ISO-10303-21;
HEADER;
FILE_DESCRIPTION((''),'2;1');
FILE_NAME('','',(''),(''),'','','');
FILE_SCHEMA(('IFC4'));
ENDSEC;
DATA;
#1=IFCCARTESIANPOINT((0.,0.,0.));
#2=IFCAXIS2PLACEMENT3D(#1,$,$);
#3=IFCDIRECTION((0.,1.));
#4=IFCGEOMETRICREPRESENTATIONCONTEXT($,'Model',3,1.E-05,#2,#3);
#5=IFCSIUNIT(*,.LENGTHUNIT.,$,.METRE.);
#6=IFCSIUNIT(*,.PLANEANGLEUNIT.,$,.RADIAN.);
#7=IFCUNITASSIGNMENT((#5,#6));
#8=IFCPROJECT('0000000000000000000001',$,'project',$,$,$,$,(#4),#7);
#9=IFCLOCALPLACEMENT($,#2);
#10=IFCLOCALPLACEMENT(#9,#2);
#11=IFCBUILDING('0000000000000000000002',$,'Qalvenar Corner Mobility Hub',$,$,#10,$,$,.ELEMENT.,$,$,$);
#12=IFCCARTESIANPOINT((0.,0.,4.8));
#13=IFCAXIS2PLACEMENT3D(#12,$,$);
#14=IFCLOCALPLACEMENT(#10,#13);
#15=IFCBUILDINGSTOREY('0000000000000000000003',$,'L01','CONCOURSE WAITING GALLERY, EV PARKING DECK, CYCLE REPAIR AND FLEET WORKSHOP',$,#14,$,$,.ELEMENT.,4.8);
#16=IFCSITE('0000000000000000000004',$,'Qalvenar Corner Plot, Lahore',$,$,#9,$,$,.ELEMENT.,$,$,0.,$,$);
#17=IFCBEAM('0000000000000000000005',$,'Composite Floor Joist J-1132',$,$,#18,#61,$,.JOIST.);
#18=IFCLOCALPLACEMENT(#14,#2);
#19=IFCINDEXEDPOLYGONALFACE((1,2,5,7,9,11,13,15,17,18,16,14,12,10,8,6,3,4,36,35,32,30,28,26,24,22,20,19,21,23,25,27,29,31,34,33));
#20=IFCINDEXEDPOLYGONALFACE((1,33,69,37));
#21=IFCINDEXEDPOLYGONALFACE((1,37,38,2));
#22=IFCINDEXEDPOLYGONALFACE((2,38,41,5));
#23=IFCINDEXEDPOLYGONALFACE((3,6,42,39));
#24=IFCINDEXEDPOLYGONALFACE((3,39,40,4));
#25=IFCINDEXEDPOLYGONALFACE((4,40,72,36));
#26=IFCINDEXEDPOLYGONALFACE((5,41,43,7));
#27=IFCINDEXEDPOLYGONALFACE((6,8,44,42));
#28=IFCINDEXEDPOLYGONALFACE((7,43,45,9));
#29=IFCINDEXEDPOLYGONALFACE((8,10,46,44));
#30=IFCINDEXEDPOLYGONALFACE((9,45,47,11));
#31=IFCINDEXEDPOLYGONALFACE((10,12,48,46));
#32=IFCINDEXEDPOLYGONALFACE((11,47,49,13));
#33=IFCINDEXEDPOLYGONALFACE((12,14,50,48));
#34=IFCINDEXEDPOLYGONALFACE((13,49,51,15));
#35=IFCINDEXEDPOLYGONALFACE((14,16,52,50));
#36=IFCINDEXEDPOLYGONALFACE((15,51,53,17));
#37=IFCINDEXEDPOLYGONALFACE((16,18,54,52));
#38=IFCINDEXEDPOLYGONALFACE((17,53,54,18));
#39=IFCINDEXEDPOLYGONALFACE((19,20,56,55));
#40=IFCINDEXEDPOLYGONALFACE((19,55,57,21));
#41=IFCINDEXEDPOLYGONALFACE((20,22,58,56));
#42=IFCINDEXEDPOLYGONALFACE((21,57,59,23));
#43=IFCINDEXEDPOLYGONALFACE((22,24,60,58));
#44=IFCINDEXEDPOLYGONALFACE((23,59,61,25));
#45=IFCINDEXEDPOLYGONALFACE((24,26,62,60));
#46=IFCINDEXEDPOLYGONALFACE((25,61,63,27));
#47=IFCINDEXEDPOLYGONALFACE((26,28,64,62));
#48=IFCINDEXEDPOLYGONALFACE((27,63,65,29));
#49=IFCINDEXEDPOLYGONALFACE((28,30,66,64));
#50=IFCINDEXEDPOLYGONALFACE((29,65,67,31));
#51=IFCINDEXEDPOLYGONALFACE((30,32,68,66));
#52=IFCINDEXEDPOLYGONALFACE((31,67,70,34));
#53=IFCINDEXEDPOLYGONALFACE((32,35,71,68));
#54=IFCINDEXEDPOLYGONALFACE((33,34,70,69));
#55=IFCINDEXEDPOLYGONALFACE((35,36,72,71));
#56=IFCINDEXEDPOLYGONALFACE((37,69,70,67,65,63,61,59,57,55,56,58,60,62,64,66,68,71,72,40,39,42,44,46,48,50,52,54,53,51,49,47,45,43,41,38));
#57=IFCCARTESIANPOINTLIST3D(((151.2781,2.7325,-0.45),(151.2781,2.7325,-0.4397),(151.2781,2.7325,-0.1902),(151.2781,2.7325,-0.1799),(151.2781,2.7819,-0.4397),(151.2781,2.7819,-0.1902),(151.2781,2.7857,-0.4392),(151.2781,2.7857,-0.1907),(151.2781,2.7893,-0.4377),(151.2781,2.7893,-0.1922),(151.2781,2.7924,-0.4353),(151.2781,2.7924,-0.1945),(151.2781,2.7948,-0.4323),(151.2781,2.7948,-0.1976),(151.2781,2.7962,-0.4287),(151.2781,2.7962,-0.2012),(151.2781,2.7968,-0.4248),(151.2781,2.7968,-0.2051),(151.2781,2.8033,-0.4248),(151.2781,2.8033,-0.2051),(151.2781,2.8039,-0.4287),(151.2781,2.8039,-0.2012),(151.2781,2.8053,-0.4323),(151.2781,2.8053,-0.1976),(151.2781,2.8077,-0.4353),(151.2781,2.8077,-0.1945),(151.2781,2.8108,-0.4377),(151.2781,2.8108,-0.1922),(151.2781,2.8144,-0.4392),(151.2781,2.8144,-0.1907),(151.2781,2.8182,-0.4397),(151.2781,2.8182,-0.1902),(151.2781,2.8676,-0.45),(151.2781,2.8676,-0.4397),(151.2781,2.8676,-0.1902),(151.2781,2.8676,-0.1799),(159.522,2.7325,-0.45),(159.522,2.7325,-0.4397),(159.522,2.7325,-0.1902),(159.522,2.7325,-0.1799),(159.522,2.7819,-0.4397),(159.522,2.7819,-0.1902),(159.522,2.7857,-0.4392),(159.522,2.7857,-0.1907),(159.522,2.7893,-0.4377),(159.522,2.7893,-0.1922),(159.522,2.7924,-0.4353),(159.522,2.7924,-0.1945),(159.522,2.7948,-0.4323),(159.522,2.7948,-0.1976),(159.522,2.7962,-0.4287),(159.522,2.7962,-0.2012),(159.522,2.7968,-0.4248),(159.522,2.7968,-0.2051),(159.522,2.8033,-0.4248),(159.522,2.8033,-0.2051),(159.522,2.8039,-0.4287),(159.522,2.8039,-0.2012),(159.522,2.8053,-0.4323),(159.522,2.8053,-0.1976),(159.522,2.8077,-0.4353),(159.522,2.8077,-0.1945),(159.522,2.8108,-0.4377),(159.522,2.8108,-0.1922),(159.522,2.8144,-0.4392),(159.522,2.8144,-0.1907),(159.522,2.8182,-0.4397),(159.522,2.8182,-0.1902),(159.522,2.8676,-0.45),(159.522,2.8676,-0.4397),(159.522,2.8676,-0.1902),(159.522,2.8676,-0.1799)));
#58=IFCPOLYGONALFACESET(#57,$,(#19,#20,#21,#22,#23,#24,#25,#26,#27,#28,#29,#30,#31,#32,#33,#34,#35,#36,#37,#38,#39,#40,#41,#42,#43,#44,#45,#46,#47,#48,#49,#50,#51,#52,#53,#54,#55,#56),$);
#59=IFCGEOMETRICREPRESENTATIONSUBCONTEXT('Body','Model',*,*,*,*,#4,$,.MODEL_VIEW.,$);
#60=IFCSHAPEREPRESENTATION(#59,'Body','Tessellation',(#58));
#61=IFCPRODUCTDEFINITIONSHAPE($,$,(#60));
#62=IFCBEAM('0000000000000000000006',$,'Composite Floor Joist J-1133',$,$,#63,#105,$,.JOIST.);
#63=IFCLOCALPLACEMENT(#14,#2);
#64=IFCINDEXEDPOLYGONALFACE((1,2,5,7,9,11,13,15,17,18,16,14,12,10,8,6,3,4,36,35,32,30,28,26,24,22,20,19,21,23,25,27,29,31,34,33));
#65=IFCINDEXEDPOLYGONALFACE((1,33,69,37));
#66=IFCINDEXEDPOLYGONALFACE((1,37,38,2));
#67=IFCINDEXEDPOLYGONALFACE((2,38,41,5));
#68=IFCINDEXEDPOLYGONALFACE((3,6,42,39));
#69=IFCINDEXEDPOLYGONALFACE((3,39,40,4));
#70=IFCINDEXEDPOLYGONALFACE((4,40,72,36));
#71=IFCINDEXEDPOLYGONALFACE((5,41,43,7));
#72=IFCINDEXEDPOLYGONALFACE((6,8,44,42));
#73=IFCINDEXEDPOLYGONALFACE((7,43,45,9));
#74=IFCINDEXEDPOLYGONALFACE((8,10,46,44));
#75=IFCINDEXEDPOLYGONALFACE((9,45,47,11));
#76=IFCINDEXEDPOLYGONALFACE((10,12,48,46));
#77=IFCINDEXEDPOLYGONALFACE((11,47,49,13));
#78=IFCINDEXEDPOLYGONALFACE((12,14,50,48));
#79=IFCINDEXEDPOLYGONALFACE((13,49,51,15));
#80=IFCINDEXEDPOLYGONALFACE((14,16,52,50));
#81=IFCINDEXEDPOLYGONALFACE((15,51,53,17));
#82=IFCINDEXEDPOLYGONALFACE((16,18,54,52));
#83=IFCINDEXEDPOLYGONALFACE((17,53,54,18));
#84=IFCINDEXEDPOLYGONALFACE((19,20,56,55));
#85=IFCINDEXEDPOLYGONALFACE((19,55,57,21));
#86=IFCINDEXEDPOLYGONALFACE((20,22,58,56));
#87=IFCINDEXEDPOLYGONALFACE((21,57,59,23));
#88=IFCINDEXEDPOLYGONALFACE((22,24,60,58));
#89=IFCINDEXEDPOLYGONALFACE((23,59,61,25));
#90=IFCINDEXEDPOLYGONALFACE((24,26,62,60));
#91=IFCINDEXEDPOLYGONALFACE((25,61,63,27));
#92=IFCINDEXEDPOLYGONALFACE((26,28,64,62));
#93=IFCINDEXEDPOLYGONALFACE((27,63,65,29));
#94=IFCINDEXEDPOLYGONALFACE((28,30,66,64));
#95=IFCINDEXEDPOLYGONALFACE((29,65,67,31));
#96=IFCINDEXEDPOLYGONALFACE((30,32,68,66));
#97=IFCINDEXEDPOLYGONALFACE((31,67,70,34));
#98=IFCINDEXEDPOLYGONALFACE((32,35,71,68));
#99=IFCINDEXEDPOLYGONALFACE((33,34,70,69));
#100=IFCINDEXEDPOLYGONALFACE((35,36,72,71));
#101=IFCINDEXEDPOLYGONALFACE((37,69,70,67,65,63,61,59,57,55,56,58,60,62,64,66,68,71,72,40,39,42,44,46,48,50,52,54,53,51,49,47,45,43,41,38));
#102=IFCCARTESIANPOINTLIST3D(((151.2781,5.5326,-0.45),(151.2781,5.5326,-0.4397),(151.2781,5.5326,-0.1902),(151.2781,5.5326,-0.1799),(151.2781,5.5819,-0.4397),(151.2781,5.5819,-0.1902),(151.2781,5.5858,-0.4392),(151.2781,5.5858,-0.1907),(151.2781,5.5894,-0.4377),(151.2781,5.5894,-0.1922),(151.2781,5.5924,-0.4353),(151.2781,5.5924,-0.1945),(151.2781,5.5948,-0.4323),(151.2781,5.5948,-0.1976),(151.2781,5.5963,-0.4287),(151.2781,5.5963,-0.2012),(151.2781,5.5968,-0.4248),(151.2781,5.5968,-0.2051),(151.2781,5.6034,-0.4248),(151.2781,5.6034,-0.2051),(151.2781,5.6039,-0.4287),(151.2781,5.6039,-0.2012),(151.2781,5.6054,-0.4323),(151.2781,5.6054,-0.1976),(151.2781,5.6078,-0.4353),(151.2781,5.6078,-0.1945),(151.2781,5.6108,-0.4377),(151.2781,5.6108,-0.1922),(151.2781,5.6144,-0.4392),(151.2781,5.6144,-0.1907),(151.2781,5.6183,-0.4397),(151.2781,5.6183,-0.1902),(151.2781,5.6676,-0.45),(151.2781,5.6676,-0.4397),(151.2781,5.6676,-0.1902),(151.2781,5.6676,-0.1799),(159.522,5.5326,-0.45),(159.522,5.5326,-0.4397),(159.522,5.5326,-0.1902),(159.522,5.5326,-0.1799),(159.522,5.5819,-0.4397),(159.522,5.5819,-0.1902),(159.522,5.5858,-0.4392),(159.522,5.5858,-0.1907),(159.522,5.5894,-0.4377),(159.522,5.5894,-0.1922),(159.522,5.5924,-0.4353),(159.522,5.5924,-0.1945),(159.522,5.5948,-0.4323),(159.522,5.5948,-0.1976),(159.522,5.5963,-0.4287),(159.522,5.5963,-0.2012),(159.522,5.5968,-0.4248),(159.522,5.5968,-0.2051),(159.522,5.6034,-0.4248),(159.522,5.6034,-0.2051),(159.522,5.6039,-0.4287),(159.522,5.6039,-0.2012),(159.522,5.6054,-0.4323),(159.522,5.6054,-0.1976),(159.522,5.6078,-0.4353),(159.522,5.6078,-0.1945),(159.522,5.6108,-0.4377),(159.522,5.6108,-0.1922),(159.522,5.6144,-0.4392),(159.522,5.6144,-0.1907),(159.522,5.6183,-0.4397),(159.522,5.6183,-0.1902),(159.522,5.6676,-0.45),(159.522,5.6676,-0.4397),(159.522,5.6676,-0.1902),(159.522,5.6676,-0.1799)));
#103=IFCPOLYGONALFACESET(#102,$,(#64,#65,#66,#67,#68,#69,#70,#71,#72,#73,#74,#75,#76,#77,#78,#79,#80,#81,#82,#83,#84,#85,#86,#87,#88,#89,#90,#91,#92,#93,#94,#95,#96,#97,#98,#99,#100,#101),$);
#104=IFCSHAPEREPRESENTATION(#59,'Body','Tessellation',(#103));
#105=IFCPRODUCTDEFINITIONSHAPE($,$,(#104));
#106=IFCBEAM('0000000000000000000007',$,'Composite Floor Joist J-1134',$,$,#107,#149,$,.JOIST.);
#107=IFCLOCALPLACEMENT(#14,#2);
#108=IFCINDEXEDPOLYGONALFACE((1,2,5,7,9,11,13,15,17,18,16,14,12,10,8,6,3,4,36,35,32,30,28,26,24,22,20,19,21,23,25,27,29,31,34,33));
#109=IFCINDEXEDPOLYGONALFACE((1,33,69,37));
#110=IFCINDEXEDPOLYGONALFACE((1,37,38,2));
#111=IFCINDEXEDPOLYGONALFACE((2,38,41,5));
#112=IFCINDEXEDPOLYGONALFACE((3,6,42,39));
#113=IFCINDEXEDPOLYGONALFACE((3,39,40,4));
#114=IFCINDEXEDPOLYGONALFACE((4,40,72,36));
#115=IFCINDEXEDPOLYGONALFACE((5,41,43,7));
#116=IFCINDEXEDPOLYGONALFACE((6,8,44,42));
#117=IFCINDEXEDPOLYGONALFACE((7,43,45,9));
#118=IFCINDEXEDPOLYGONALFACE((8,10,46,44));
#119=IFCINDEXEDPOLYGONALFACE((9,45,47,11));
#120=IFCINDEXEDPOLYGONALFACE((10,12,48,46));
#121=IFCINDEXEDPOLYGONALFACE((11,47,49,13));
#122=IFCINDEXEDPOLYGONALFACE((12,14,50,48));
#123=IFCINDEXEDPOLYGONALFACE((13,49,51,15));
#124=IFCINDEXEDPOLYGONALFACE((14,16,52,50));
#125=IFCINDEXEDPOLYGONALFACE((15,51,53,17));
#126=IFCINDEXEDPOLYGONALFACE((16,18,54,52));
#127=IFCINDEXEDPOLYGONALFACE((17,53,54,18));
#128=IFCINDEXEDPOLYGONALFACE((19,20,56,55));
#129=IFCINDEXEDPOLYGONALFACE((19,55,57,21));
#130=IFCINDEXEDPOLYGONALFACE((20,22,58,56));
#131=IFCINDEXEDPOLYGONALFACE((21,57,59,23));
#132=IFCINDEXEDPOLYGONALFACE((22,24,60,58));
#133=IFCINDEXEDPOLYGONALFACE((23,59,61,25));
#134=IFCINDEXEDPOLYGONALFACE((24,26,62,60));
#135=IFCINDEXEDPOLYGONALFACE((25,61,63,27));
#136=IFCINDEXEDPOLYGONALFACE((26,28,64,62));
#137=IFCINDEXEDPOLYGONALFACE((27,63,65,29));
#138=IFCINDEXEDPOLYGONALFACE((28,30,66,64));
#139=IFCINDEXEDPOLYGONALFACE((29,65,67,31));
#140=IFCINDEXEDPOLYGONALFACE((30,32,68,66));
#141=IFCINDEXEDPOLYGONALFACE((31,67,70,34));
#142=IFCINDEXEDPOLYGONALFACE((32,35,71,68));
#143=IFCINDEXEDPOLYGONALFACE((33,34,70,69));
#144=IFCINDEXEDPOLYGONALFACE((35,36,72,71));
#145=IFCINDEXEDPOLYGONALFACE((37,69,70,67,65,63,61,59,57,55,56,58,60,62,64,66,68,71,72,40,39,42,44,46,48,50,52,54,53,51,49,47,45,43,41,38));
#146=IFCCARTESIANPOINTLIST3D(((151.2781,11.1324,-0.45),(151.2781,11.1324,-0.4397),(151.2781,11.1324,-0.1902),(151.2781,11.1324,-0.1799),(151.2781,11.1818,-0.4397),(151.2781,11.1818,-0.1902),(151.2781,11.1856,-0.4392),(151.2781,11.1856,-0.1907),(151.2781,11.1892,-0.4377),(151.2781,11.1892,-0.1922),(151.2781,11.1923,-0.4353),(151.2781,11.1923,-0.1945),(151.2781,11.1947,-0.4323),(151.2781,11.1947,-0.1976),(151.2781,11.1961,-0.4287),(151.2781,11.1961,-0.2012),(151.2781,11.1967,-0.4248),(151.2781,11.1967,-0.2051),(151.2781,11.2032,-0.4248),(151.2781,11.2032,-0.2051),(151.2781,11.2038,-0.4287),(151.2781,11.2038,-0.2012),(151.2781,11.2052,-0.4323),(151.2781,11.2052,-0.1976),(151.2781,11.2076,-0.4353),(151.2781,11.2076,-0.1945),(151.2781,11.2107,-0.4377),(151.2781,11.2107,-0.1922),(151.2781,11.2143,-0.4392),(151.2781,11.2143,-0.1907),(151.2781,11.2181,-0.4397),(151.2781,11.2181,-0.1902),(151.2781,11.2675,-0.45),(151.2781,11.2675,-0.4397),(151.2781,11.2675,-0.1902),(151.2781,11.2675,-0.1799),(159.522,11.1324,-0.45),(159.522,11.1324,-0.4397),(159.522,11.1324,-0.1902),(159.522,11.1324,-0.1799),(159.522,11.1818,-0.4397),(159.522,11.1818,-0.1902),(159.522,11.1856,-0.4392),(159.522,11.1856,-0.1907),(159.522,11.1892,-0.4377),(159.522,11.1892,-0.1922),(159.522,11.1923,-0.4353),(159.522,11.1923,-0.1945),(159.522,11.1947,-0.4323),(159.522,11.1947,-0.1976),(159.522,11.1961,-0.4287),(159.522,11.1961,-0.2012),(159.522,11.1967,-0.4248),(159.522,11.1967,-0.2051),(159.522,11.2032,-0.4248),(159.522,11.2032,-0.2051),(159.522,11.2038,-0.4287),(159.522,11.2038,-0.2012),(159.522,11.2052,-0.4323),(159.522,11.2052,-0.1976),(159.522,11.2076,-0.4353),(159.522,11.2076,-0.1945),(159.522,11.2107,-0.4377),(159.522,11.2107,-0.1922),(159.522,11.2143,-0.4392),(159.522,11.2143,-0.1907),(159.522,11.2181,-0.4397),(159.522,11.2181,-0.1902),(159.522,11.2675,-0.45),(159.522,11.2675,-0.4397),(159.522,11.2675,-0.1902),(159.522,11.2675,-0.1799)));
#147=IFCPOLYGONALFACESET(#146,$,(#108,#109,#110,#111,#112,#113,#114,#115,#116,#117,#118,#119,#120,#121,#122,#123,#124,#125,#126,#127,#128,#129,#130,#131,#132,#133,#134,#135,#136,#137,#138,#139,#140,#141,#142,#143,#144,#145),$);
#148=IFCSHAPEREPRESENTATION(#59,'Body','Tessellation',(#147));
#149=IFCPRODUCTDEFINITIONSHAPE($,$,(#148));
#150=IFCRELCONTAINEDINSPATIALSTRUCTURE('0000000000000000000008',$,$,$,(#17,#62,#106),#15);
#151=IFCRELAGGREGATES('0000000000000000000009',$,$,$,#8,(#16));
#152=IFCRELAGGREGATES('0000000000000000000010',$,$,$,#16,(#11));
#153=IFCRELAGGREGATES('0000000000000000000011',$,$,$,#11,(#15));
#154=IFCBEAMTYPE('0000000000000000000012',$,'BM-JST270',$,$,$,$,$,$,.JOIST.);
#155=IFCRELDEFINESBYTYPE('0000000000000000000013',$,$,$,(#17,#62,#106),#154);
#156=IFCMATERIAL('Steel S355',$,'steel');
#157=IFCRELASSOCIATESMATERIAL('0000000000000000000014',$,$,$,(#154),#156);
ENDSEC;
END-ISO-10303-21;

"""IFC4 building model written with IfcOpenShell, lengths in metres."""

from ifc_helpers import new_model, si_unit, direction, frame, origin, origin_2d, place, context, subcontext, project, spatial, i_section, extrude, material, material_profile, profile_set, type_object, element, save


model = new_model("IFC4")

# Units and contexts
model_context = context("Model", 3, precision=1e-05, world=origin(), true_north=direction((0.0, 1.0)))
body_context = subcontext(model_context, "Body", "Model", "MODEL_VIEW")
ifc_project = project(units=[si_unit("LENGTHUNIT", "METRE"), si_unit("PLANEANGLEUNIT", "RADIAN")], contexts=[model_context])

# Site, building, storey
site_placement = place(None, origin())
site = spatial("IfcSite", under=ifc_project, at=site_placement, Name="Qalvenar Corner Plot, Lahore", CompositionType="ELEMENT", RefElevation=0.0)
building_placement = place(site_placement, origin())
building = spatial("IfcBuilding", under=site, at=building_placement, Name="Qalvenar Corner Mobility Hub", CompositionType="ELEMENT")
storey_placement = place(building_placement, frame((0.0, 0.0, 4.8)))
storey = spatial("IfcBuildingStorey", under=building, at=storey_placement, Name="L01", Description="CONCOURSE WAITING GALLERY, EV PARKING DECK, CYCLE REPAIR AND FLEET WORKSHOP", CompositionType="ELEMENT", Elevation=4.8)

# Shared definitions
ifc_material_1 = material(Name="Steel S355", Category="steel")

# Beams
ifc_material_profile_1 = material_profile(ifc_material_1, i_section(OverallWidth=0.135, OverallDepth=0.27, WebThickness=0.0066, FlangeThickness=0.0103, FilletRadius=0.0149, at=origin_2d()), Name="IPE270")
ifc_profile_set_1 = profile_set([ifc_material_profile_1], Name="Steel S355")
beam_type_1 = type_object("IfcBeamType", Name="BM-JST270", PredefinedType="JOIST", material=ifc_profile_set_1)
for number, where, z_axis, x_axis, name in (
    (1, (151.2781, 2.8, -0.3149), (1.0, 0.0, 0.0), (0.0, 1.0, 0.0), "Composite Floor Joist J-1132"),
    (2, (151.2781, 5.6001, -0.3149), (1.0, 0.0, 0.0), (0.0, 1.0, 0.0), "Composite Floor Joist J-1133"),
    (3, (151.2781, 11.2, -0.3149), (1.0, 0.0, 0.0), (0.0, 1.0, 0.0), "Composite Floor Joist J-1134"),
):
    element("IfcBeam", number, at=place(storey_placement, frame(where, z_axis=z_axis, x_axis=x_axis)), inside=storey, type_object=beam_type_1, Name=name, PredefinedType="JOIST", context=body_context, shape_type="SweptSolid", body=[
        extrude(i_section(OverallWidth=0.135, OverallDepth=0.27, WebThickness=0.0066, FlangeThickness=0.0103, FilletRadius=0.0149, at=origin_2d()), origin(), (0.0, 0.0, 1.0), 8.2439),
    ])

save(model, "model.ifc")
